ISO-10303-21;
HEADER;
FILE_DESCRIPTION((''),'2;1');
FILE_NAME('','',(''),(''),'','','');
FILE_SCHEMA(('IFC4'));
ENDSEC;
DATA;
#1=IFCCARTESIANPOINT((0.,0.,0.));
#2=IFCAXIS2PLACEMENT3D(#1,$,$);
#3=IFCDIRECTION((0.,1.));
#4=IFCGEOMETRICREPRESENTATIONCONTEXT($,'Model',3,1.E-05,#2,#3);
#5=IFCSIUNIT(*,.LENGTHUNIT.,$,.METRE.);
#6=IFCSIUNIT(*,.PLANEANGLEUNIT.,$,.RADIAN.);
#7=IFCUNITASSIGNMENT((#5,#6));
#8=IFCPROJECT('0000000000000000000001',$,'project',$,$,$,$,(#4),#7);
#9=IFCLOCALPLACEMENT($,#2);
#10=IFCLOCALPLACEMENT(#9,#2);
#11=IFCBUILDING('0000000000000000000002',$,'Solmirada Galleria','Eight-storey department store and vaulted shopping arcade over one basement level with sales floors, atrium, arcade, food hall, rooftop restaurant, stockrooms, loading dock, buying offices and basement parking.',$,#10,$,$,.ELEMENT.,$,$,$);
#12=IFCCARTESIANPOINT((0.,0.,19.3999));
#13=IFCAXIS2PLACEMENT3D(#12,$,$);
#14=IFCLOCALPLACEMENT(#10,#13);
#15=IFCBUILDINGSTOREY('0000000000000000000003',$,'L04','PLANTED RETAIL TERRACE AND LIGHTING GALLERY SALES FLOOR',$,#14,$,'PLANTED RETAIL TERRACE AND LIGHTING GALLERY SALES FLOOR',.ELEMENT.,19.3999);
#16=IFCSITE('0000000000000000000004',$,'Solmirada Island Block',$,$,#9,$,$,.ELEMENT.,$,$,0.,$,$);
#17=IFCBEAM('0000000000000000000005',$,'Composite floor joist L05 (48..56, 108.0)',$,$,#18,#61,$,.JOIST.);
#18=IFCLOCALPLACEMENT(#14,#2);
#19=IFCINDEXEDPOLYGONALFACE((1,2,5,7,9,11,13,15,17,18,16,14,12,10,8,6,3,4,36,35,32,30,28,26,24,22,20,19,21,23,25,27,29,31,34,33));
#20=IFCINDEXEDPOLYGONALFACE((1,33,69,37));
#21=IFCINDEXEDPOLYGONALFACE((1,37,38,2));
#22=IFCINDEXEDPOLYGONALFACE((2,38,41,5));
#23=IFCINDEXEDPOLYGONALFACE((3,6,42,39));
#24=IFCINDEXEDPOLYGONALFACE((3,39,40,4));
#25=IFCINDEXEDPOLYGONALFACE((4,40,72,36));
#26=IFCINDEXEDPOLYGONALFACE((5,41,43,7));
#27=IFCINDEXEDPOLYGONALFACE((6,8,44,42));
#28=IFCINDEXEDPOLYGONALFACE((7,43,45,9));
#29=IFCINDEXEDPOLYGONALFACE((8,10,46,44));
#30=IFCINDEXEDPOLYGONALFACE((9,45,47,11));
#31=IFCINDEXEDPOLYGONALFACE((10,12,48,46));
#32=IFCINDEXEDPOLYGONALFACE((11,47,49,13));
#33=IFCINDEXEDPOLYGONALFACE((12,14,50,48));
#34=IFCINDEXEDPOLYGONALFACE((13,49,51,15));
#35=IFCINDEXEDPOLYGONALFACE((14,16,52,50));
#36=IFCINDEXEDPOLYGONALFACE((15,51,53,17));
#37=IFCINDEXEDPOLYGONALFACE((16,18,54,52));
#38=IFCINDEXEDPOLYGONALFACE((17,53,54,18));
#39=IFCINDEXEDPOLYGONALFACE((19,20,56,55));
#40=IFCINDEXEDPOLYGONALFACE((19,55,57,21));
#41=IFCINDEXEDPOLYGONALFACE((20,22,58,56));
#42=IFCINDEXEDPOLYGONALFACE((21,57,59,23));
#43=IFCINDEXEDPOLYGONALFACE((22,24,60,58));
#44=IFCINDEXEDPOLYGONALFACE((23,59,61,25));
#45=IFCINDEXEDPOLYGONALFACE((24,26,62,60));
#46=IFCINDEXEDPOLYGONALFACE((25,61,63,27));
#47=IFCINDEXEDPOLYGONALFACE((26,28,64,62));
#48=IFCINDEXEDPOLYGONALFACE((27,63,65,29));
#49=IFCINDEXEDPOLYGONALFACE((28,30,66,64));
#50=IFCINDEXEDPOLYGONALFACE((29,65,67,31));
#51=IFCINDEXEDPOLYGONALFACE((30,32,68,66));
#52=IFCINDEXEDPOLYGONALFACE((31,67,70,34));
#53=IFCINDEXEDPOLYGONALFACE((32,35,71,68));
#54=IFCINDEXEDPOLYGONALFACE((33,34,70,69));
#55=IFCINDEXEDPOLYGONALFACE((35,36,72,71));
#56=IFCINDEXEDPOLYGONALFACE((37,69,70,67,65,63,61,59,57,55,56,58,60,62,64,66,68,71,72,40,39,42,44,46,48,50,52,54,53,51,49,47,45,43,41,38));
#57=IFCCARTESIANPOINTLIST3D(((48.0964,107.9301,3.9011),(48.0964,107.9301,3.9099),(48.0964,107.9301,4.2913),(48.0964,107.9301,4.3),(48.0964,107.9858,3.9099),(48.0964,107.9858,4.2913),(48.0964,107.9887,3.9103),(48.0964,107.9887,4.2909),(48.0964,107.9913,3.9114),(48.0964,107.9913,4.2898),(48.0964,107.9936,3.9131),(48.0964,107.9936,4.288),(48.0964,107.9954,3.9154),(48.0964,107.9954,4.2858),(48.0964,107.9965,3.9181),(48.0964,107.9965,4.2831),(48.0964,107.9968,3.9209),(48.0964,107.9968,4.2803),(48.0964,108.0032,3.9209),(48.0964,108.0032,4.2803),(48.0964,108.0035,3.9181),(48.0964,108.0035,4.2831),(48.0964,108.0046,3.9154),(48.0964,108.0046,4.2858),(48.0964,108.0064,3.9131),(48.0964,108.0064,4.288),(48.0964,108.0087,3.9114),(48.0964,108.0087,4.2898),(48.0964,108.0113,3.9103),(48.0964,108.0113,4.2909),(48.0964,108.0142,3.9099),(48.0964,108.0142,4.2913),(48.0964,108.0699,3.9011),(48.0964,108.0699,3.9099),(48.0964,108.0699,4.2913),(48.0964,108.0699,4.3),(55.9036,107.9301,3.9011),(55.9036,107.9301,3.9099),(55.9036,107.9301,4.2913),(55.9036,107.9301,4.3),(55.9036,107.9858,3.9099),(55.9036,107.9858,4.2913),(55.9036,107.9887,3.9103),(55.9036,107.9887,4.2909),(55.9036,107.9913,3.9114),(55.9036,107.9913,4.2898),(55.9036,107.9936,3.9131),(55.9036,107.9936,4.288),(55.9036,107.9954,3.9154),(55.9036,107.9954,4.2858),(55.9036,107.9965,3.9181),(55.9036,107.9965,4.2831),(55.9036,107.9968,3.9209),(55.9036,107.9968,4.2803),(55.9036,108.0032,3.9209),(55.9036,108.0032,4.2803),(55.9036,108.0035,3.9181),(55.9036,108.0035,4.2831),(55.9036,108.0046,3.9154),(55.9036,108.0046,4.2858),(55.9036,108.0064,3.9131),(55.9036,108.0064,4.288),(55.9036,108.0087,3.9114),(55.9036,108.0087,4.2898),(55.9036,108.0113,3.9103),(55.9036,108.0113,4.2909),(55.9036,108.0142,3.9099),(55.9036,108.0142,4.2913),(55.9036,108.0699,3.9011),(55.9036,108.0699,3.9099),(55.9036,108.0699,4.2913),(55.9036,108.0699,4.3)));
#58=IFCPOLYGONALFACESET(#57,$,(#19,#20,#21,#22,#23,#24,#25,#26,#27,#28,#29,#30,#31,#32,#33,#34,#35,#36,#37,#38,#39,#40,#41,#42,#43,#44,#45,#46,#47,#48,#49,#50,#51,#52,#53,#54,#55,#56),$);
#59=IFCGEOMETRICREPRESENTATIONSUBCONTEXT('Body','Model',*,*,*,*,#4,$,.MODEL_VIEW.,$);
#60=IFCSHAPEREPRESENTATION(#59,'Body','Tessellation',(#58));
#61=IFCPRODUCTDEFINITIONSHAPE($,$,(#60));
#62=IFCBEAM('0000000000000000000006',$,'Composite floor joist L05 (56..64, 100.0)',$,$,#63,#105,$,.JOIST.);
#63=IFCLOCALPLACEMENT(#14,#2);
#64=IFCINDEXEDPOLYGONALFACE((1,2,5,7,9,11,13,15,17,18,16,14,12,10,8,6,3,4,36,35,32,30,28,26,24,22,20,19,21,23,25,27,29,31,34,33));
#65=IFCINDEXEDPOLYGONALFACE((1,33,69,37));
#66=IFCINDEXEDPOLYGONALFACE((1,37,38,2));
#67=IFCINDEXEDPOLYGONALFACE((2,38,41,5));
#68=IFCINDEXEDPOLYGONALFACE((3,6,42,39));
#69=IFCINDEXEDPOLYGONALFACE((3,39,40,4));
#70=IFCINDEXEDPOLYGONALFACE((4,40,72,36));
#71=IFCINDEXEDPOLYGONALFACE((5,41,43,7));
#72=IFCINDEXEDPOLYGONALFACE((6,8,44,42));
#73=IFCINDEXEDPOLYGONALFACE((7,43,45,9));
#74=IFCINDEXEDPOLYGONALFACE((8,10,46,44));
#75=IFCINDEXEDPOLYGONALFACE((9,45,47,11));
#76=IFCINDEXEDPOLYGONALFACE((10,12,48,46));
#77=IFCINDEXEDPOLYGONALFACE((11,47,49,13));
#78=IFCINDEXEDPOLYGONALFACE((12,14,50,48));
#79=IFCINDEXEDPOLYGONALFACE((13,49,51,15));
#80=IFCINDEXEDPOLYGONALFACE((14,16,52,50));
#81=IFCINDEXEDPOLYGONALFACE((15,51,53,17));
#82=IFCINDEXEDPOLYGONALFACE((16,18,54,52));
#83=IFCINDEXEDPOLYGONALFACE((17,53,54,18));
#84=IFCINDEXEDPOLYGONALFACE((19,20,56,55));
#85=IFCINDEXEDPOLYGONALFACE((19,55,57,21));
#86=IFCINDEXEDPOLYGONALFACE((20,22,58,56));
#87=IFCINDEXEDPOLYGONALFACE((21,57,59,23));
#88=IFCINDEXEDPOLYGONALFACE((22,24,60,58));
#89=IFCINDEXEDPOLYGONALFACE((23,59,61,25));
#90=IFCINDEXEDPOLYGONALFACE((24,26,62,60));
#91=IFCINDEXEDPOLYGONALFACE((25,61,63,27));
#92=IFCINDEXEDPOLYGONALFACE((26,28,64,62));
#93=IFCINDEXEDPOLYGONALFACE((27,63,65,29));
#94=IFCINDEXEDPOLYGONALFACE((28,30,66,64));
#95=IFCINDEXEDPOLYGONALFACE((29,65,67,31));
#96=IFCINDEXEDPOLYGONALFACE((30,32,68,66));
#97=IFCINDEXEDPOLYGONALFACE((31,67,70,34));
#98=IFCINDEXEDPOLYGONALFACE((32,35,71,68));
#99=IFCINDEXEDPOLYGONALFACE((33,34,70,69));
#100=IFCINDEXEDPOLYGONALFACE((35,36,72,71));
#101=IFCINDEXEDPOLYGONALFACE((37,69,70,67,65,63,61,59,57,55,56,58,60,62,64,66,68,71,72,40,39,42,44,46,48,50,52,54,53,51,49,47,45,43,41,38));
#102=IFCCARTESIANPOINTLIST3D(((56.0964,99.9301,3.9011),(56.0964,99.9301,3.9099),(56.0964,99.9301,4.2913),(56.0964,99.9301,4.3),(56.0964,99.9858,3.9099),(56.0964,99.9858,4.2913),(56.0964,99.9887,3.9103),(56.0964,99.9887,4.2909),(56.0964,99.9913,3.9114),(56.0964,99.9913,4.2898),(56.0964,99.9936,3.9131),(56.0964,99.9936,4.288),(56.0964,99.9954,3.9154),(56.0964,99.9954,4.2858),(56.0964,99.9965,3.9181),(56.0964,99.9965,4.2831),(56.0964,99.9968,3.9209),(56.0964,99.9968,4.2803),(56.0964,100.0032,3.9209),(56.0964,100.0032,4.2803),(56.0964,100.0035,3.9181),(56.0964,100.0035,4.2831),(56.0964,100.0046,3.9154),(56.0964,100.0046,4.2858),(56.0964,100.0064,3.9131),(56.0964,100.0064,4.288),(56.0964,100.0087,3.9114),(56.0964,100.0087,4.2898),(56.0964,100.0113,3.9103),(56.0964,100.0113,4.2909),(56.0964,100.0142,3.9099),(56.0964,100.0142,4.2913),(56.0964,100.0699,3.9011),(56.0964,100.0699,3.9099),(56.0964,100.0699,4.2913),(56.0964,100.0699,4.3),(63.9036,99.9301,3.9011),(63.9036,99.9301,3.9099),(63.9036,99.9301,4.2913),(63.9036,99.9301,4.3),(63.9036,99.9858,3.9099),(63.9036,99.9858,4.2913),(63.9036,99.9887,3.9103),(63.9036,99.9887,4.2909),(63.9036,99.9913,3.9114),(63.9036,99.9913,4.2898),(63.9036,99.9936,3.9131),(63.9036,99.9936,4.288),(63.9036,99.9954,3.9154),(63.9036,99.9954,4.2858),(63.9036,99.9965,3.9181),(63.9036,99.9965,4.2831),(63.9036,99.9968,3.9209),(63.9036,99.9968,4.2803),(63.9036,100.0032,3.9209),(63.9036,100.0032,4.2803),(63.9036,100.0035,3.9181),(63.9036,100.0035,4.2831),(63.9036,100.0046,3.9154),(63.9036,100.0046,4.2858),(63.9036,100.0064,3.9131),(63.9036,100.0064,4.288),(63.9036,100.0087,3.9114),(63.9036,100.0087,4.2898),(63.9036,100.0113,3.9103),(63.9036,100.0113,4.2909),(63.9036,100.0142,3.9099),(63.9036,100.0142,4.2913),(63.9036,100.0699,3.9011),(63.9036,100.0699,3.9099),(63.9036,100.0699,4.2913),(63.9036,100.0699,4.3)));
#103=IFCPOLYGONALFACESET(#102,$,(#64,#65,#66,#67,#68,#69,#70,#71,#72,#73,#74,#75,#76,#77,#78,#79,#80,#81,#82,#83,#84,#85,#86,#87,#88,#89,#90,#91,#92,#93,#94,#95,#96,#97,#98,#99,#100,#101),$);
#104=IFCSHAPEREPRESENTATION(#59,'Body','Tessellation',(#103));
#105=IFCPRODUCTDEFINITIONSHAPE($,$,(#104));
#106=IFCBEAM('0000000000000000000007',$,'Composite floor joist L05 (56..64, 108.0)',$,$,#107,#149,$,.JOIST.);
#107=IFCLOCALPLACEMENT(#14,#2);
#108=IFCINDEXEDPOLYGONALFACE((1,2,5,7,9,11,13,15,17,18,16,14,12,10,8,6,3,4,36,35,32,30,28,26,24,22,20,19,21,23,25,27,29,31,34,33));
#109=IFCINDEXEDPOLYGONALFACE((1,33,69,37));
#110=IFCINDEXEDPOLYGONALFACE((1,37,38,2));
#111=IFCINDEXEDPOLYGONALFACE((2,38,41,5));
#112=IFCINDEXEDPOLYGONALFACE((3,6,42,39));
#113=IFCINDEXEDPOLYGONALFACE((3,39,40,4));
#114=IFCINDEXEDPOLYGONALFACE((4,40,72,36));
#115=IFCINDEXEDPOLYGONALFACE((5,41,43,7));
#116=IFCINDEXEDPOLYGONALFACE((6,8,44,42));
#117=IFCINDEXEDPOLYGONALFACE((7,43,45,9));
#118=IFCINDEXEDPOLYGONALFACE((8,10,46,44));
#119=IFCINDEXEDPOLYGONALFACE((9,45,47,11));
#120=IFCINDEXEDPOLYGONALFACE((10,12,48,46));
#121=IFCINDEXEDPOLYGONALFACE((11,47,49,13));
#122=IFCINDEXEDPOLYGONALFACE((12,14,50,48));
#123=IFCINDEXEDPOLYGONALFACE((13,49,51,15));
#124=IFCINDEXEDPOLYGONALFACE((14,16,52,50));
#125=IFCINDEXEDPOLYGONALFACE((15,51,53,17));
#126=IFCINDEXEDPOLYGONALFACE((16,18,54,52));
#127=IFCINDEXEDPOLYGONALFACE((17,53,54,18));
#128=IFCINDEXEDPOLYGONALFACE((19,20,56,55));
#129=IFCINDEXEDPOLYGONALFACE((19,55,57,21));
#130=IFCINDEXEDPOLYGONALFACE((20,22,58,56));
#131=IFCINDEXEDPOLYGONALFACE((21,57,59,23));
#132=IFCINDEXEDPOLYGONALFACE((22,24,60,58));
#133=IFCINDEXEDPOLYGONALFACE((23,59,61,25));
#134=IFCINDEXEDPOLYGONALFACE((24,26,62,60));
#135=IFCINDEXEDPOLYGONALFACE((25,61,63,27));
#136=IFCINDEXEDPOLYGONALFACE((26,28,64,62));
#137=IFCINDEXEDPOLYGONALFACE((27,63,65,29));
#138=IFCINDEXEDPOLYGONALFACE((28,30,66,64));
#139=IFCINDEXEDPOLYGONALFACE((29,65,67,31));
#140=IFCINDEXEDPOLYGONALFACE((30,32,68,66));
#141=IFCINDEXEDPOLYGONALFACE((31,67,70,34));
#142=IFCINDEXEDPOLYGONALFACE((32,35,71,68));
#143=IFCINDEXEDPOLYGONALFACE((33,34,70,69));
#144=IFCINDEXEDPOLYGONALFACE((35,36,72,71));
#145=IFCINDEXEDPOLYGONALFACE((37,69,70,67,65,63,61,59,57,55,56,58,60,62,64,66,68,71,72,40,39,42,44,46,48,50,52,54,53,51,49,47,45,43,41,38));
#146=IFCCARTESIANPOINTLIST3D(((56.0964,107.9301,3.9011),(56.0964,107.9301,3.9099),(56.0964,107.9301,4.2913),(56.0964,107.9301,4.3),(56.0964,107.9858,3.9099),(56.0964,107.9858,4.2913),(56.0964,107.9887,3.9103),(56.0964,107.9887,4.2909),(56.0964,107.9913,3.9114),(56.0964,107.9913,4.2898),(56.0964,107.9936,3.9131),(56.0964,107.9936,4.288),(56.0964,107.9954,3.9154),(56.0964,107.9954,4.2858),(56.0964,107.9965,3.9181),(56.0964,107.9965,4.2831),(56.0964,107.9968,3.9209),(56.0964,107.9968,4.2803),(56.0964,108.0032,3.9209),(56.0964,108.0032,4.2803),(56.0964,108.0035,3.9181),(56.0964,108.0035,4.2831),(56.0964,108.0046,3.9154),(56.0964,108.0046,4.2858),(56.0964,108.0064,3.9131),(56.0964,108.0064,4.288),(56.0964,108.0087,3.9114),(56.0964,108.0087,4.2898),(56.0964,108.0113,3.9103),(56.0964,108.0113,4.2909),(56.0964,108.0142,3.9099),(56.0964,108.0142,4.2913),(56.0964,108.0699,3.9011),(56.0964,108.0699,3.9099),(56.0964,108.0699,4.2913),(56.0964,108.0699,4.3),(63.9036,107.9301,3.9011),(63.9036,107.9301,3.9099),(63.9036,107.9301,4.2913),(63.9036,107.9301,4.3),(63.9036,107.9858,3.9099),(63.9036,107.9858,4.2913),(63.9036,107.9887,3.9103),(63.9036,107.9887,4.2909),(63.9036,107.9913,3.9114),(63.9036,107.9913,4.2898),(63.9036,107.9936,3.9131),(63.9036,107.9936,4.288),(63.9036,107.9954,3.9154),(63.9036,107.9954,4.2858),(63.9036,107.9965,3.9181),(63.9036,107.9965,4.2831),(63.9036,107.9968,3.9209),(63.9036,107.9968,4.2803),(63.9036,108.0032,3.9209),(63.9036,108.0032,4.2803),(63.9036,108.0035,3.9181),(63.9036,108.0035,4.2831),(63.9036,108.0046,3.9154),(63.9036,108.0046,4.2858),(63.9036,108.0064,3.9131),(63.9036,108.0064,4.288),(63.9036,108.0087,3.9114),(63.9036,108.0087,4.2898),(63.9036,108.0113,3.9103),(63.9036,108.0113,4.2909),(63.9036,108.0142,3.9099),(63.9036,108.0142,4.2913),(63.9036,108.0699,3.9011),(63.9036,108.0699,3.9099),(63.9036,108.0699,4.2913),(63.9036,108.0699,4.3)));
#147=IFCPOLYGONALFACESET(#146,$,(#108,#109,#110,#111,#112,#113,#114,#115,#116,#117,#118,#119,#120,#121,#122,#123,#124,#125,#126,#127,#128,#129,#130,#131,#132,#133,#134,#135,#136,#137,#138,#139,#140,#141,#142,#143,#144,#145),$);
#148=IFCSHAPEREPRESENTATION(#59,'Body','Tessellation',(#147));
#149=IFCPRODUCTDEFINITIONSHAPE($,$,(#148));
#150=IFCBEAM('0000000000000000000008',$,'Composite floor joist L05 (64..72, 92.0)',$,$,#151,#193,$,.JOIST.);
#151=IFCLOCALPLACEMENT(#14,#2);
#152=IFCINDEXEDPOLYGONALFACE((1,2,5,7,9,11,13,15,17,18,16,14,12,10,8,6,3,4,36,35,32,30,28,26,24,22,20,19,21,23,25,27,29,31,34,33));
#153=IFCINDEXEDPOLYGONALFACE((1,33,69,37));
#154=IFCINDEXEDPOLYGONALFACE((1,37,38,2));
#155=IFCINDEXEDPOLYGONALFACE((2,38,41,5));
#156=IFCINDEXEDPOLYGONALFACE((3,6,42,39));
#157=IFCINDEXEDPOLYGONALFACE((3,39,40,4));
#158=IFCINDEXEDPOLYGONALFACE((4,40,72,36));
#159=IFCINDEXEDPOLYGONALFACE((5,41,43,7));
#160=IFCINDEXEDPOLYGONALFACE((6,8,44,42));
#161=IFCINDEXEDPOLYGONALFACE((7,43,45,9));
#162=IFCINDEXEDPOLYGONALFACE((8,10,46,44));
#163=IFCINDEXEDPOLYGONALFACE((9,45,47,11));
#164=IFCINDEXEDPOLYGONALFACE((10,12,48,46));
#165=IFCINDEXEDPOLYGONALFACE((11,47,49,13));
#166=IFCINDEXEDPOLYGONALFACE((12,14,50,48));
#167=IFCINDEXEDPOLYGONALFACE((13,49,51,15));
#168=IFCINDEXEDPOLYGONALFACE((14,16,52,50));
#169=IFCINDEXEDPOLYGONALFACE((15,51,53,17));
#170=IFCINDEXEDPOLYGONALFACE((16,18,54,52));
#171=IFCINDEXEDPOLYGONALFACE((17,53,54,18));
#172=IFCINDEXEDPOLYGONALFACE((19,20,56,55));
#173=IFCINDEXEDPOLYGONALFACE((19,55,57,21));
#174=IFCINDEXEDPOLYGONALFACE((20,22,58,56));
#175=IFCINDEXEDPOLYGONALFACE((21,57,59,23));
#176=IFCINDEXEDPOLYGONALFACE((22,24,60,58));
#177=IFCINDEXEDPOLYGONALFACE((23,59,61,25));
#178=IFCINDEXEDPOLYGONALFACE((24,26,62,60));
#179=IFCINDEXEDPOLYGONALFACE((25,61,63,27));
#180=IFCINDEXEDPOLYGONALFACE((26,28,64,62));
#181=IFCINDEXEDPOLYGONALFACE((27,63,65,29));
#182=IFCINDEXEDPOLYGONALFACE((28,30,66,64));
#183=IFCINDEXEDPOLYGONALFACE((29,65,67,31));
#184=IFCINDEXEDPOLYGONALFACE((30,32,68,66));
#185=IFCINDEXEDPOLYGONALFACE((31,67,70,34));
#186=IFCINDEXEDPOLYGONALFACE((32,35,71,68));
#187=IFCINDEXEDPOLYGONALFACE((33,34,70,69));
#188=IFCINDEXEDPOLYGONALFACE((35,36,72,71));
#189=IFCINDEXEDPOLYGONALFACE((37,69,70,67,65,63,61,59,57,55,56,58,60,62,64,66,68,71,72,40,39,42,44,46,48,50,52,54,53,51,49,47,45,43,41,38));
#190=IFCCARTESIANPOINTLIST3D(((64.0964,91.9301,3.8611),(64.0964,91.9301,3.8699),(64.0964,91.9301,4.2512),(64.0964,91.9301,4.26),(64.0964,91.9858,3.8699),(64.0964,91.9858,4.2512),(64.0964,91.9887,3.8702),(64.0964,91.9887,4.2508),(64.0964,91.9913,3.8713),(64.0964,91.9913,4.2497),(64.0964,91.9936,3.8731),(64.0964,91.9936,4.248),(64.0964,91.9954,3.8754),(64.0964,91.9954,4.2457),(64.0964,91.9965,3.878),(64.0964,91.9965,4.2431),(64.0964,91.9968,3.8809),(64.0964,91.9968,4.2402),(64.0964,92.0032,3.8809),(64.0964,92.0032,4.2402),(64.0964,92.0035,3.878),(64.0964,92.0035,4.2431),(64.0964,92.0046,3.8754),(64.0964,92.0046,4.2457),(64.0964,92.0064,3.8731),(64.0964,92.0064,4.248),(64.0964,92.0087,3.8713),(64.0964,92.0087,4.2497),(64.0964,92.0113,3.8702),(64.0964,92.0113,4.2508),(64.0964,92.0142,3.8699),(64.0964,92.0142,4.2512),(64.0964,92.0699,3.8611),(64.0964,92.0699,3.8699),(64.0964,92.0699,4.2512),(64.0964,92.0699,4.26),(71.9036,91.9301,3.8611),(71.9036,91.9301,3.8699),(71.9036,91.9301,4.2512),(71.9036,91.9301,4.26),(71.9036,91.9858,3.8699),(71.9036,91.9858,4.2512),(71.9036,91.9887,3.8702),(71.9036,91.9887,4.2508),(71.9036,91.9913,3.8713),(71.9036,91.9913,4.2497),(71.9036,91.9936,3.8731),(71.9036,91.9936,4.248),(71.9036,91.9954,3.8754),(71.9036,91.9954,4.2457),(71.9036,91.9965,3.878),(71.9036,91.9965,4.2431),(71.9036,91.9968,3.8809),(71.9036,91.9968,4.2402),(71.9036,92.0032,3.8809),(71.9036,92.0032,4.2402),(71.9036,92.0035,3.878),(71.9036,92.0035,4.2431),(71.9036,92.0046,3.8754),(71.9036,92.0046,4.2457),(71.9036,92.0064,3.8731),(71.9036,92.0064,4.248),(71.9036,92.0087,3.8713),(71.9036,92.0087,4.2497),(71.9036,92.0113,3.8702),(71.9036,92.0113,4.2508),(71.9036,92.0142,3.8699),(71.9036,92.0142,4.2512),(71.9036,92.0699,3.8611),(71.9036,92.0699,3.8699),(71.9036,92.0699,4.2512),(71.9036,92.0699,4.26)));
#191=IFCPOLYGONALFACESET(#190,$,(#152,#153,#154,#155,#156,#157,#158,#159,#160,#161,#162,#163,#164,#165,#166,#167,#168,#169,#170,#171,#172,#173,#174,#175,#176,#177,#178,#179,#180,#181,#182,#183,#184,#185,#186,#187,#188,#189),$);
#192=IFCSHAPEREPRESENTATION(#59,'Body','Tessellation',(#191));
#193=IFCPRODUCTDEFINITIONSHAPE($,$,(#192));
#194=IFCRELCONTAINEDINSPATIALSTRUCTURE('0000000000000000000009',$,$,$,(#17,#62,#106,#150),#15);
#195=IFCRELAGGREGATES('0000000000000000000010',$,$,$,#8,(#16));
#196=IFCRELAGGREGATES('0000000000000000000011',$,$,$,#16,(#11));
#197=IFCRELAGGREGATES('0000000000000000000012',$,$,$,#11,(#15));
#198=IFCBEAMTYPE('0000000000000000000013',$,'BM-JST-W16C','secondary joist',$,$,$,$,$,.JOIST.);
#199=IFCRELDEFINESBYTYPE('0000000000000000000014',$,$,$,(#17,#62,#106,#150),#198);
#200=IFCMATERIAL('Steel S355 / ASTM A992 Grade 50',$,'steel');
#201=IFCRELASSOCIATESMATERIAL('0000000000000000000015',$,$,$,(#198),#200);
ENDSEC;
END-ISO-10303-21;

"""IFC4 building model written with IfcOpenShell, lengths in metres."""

from ifc_helpers import new_model, si_unit, direction, frame, origin, origin_2d, place, context, subcontext, project, spatial, i_section, extrude, material, material_profile, profile_set, type_object, element, save


model = new_model("IFC4")

# Units and contexts
model_context = context("Model", 3, precision=1e-05, world=origin(), true_north=direction((0.0, 1.0)))
body_context = subcontext(model_context, "Body", "Model", "MODEL_VIEW")
ifc_project = project(units=[si_unit("LENGTHUNIT", "METRE"), si_unit("PLANEANGLEUNIT", "RADIAN")], contexts=[model_context])

# Site, building, storey
site_placement = place(None, origin())
site = spatial("IfcSite", under=ifc_project, at=site_placement, Name="Solmirada Island Block", CompositionType="ELEMENT", RefElevation=0.0)
building_placement = place(site_placement, origin())
building = spatial("IfcBuilding", under=site, at=building_placement, Name="Solmirada Galleria", Description="Eight-storey department store and vaulted shopping arcade over one basement level with sales floors, atrium, arcade, food hall, rooftop restaurant, stockrooms, loading dock, buying offices and basement parking.", CompositionType="ELEMENT")
storey_placement = place(building_placement, frame((0.0, 0.0, 19.3999)))
storey = spatial("IfcBuildingStorey", under=building, at=storey_placement, Name="L04", Description="PLANTED RETAIL TERRACE AND LIGHTING GALLERY SALES FLOOR", LongName="PLANTED RETAIL TERRACE AND LIGHTING GALLERY SALES FLOOR", CompositionType="ELEMENT", Elevation=19.3999)

# Beams
ifc_material_1 = material(Name="Steel S355 / ASTM A992 Grade 50", Category="steel")
ifc_material_profile_1 = material_profile(ifc_material_1, i_section(OverallWidth=0.1399, OverallDepth=0.3989, WebThickness=0.0063, FlangeThickness=0.0088, FilletRadius=0.011, at=origin_2d()), Name="W16X26")
ifc_profile_set_1 = profile_set([ifc_material_profile_1], Name="Steel S355 / ASTM A992 Grade 50")
beam_type_1 = type_object("IfcBeamType", Name="BM-JST-W16C", Description="secondary joist", PredefinedType="JOIST", material=ifc_profile_set_1)
for number, where, z_axis, x_axis, name in (
    (1, (48.0964, 108.0, 4.1006), (1.0, 0.0, 0.0), (0.0, 1.0, 0.0), "Composite floor joist L05 (48..56, 108.0)"),
    (2, (56.0964, 100.0, 4.1006), (1.0, 0.0, 0.0), (0.0, 1.0, 0.0), "Composite floor joist L05 (56..64, 100.0)"),
    (3, (56.0964, 108.0, 4.1006), (1.0, 0.0, 0.0), (0.0, 1.0, 0.0), "Composite floor joist L05 (56..64, 108.0)"),
    (4, (64.0964, 92.0, 4.0605), (1.0, 0.0, 0.0), (0.0, 1.0, 0.0), "Composite floor joist L05 (64..72, 92.0)"),
):
    element("IfcBeam", number, at=place(storey_placement, frame(where, z_axis=z_axis, x_axis=x_axis)), inside=storey, type_object=beam_type_1, Name=name, PredefinedType="JOIST", context=body_context, shape_type="SweptSolid", body=[
        extrude(i_section(OverallWidth=0.1399, OverallDepth=0.3989, WebThickness=0.0063, FlangeThickness=0.0088, FilletRadius=0.011, at=origin_2d()), origin(), (0.0, 0.0, 1.0), 7.8071),
    ])

save(model, "model.ifc")
